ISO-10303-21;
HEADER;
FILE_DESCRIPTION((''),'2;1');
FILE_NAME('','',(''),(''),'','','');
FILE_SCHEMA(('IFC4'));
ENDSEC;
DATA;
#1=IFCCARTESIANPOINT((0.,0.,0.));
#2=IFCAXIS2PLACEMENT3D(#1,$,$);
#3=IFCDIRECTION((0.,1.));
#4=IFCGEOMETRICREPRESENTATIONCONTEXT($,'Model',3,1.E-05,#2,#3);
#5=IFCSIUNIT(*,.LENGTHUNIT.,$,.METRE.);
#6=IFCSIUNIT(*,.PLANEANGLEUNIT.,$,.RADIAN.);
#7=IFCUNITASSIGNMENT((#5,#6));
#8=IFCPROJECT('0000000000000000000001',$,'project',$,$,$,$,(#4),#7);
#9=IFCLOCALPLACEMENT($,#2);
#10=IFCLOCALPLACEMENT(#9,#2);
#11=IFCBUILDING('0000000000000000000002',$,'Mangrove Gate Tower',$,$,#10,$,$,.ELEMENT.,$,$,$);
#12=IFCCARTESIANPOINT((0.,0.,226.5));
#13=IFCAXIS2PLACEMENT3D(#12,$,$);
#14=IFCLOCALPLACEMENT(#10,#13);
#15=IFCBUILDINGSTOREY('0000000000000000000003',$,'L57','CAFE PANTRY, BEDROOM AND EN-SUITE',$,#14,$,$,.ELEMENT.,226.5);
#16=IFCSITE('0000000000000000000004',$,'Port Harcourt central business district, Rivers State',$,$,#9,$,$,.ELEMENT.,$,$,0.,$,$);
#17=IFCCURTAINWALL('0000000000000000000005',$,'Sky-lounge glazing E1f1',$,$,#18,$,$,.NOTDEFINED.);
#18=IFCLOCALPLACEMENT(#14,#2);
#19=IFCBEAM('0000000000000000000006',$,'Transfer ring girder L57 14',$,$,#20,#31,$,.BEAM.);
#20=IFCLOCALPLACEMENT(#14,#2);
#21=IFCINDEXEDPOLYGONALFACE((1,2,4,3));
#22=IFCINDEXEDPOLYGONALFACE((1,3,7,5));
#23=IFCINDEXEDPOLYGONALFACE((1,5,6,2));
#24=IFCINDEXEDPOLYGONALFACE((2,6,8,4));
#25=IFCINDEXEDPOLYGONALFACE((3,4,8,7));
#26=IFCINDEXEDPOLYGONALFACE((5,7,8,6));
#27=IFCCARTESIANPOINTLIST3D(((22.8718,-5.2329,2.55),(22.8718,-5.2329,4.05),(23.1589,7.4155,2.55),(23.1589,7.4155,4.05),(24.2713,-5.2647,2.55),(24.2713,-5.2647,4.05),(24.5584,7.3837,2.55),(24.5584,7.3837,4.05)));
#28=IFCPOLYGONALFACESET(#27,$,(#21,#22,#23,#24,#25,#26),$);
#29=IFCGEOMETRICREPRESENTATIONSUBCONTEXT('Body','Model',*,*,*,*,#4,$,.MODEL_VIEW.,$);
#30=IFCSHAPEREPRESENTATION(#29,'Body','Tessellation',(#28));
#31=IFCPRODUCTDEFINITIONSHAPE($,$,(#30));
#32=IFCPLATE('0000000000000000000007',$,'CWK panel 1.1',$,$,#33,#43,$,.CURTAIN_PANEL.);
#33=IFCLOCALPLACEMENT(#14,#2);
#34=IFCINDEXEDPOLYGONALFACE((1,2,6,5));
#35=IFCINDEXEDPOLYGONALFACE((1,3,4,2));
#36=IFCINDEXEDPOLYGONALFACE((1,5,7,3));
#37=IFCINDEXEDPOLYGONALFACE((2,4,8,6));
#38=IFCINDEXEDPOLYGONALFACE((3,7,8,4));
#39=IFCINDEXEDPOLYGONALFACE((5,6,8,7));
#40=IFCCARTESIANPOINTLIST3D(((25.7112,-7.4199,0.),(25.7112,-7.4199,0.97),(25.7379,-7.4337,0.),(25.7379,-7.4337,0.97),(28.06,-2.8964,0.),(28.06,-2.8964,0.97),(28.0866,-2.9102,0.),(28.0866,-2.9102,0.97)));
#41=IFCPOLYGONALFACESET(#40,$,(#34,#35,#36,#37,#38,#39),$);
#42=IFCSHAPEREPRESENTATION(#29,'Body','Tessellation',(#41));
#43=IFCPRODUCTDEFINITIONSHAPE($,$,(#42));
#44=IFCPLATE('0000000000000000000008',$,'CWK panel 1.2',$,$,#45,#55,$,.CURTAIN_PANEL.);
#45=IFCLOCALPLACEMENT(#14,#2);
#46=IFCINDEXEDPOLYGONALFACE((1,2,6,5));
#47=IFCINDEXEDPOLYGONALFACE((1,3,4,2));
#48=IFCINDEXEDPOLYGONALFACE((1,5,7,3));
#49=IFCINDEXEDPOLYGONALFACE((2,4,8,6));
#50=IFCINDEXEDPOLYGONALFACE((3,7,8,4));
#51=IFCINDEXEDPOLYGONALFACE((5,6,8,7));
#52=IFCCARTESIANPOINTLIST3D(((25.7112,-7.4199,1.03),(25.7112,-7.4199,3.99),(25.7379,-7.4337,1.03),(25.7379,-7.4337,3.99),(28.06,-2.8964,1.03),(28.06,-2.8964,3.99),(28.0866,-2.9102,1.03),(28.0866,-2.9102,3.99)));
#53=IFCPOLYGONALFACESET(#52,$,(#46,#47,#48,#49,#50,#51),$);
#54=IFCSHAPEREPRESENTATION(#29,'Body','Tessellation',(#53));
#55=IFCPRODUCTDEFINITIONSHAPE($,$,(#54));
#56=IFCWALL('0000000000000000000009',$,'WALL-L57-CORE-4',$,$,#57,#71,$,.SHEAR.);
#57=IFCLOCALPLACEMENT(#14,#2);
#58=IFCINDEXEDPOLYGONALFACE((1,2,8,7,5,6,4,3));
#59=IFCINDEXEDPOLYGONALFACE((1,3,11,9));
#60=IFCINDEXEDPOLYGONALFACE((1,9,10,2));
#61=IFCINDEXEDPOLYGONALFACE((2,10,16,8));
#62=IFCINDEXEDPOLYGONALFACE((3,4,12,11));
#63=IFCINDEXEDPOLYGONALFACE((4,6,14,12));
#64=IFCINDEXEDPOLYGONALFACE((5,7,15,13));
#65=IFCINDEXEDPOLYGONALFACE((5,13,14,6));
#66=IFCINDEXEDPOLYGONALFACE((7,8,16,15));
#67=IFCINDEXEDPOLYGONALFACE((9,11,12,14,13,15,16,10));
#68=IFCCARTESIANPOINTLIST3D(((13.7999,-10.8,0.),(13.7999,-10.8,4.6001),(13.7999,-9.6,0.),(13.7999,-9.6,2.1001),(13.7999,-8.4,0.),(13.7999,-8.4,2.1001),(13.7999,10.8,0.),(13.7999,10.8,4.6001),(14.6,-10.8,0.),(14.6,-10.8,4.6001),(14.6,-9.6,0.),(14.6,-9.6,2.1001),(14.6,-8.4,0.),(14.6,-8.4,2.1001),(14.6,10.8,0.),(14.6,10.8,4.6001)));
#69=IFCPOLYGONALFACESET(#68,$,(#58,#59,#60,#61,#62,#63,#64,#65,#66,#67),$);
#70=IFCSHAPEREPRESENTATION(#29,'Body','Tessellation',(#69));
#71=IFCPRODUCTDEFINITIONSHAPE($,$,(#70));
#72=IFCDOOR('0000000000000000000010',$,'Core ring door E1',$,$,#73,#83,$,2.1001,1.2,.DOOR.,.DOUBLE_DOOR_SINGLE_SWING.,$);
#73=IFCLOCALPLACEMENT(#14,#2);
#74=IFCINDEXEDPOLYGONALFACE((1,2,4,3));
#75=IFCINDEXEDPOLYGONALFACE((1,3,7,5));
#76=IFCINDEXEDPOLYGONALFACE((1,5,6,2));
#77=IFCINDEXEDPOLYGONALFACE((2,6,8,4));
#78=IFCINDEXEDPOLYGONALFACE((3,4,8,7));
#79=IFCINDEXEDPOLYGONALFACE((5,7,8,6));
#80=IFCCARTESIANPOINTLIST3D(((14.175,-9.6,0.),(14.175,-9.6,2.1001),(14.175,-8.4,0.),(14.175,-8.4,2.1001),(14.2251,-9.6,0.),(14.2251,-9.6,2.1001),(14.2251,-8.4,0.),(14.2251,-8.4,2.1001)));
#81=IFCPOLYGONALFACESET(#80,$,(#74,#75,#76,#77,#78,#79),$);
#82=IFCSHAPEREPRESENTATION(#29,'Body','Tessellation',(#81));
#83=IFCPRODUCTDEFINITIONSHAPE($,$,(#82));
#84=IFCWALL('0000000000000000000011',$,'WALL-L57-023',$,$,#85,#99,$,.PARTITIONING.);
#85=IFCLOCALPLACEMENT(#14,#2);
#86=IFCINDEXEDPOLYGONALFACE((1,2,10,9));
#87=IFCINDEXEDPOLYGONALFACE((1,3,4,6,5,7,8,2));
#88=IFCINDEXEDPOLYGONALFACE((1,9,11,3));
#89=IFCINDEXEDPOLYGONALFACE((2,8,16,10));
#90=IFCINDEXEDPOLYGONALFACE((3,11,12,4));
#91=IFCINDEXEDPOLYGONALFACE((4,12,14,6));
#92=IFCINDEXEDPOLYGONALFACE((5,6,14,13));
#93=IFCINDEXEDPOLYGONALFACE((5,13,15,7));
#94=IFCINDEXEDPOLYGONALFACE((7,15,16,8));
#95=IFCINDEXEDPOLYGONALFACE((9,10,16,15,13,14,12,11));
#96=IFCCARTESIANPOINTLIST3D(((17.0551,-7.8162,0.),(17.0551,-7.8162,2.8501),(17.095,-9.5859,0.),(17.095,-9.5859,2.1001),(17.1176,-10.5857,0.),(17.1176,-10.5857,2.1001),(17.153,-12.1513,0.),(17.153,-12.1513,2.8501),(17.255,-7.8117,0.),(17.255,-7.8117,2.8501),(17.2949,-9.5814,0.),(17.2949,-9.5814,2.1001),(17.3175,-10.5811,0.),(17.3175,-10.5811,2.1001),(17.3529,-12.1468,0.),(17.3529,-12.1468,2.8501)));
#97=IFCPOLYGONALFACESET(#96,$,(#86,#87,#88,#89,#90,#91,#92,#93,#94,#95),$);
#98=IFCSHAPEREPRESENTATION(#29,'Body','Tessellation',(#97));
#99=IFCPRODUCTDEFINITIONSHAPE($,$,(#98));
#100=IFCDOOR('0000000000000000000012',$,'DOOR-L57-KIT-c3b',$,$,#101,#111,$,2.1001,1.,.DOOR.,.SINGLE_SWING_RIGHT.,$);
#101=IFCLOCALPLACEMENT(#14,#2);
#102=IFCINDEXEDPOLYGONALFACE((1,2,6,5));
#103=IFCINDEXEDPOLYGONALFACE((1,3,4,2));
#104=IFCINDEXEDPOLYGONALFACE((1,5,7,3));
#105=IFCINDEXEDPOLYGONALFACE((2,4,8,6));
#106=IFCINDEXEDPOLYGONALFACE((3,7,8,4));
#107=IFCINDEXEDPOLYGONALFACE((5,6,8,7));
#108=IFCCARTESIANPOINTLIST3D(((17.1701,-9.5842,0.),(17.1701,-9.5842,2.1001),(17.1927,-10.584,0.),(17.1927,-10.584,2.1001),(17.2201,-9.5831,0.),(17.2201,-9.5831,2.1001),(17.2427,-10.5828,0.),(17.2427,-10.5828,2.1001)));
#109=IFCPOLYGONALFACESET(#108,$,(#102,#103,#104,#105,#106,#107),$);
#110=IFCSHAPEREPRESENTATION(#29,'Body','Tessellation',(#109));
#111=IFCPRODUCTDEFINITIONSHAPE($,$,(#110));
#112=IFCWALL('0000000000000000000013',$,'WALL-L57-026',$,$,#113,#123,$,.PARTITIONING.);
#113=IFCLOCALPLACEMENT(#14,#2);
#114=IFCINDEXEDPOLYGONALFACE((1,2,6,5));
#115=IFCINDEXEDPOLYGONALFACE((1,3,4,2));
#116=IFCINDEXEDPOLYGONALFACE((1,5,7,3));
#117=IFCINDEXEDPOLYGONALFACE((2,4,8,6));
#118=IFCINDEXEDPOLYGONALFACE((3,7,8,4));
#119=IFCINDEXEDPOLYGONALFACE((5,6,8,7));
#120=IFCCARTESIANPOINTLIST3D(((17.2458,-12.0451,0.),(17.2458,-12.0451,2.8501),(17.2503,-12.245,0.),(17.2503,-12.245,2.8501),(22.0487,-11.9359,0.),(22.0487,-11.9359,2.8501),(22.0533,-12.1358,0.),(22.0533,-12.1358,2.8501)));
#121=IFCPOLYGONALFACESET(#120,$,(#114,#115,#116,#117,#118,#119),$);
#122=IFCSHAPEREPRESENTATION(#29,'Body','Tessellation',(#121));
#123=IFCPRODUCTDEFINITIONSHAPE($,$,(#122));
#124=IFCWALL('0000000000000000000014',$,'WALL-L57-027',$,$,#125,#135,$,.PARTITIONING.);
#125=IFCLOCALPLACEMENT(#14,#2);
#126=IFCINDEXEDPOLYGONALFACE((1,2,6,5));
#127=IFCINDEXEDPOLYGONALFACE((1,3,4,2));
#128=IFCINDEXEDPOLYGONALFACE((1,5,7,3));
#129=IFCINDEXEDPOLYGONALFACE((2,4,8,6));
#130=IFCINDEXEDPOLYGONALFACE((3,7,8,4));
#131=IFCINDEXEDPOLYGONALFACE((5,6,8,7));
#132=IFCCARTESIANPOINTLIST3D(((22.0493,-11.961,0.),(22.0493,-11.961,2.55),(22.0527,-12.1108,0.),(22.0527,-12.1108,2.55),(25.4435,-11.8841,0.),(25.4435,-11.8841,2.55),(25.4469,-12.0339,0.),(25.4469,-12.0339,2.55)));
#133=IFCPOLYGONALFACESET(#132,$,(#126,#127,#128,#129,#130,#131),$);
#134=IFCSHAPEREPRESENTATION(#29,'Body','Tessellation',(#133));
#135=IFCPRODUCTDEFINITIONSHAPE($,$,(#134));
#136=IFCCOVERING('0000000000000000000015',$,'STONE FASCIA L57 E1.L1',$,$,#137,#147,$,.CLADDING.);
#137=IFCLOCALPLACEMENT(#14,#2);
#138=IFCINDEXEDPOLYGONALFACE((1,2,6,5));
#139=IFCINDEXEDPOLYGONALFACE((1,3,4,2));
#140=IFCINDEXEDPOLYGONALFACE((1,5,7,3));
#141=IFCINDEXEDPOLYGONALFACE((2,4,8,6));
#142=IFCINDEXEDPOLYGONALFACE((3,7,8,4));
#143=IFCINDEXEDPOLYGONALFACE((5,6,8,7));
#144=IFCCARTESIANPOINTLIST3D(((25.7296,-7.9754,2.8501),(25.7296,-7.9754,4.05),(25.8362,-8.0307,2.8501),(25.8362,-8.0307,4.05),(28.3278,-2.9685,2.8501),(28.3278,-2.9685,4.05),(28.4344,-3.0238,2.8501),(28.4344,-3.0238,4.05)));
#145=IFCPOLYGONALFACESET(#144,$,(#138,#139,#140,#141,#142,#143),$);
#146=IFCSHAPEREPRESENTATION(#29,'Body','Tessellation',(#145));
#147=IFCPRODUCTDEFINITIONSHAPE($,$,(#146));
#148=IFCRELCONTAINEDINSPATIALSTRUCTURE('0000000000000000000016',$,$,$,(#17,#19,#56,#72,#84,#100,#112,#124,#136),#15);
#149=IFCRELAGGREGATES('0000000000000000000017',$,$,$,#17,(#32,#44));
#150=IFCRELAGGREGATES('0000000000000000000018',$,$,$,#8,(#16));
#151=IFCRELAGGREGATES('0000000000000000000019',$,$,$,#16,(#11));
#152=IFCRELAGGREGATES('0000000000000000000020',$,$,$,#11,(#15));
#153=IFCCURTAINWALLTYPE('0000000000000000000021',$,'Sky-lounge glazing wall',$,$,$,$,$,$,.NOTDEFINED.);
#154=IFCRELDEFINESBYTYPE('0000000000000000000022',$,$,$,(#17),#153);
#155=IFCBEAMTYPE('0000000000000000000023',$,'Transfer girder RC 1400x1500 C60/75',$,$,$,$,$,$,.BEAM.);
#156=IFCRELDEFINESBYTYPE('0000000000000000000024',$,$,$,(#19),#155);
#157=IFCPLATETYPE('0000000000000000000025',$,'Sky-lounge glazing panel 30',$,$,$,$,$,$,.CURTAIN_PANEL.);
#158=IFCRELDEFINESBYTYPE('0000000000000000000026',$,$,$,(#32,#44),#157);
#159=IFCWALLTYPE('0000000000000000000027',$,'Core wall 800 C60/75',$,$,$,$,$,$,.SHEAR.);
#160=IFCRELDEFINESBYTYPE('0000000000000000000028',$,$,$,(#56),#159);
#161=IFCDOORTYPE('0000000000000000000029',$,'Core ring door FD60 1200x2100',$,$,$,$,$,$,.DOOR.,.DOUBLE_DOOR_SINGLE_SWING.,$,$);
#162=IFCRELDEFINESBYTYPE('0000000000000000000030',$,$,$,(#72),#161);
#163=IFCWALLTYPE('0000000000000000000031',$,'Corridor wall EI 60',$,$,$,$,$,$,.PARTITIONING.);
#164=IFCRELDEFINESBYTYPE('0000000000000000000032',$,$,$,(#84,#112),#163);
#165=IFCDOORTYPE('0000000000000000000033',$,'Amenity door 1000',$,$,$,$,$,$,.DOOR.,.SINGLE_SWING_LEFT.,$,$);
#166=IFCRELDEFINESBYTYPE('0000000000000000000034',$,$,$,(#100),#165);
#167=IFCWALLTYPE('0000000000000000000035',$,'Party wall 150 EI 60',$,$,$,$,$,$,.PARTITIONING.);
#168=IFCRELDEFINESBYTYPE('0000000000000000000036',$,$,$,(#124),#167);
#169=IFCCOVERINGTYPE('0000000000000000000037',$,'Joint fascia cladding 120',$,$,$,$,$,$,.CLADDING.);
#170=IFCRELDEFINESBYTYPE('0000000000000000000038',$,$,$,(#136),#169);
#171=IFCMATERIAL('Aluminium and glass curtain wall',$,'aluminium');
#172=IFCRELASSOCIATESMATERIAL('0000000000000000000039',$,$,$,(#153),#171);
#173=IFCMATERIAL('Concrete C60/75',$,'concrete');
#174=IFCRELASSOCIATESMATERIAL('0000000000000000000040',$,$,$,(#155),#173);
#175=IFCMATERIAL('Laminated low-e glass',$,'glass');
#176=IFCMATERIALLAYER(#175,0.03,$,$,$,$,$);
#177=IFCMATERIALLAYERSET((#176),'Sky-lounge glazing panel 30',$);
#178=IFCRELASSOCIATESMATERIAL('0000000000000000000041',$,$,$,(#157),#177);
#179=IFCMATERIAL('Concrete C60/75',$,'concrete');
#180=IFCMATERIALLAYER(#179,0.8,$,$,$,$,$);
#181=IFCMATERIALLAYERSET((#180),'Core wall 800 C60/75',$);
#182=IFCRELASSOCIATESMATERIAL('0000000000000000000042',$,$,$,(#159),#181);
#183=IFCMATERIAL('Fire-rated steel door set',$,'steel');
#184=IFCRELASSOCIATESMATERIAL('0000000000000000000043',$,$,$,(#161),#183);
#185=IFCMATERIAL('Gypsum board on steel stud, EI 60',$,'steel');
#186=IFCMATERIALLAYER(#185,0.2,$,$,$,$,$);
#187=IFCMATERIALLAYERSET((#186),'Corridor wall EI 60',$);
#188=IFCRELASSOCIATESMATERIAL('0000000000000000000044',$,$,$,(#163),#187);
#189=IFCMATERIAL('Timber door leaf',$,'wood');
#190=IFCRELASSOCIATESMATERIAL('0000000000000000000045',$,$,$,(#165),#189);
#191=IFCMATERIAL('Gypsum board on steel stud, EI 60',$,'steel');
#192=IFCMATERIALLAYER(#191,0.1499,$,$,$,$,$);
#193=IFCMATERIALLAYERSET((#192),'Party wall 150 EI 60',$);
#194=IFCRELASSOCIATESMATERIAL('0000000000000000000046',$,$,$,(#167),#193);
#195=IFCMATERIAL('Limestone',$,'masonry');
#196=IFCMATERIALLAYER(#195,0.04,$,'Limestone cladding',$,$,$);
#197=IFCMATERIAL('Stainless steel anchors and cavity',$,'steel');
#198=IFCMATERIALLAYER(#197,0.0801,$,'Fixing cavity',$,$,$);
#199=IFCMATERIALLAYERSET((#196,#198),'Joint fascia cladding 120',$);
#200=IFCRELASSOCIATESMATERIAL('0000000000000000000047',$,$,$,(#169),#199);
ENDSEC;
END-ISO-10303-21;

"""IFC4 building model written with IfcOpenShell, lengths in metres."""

from ifc_helpers import new_model, si_unit, direction, frame, frame_2d, origin, origin_2d, place, context, subcontext, project, spatial, rectangle, extrude, material, layer, layer_set, material_profile, profile_set, type_object, element, fill, aggregate, save


model = new_model("IFC4")

# Units and contexts
model_context = context("Model", 3, precision=1e-05, world=origin(), true_north=direction((0.0, 1.0)))
body_context = subcontext(model_context, "Body", "Model", "MODEL_VIEW")
ifc_project = project(units=[si_unit("LENGTHUNIT", "METRE"), si_unit("PLANEANGLEUNIT", "RADIAN")], contexts=[model_context])

# Site, building, storey
site_placement = place(None, origin())
site = spatial("IfcSite", under=ifc_project, at=site_placement, Name="Port Harcourt central business district, Rivers State", CompositionType="ELEMENT", RefElevation=0.0)
building_placement = place(site_placement, origin())
building = spatial("IfcBuilding", under=site, at=building_placement, Name="Mangrove Gate Tower", CompositionType="ELEMENT")
storey_placement = place(building_placement, frame((0.0, 0.0, 226.5)))
storey = spatial("IfcBuildingStorey", under=building, at=storey_placement, Name="L57", Description="CAFE PANTRY, BEDROOM AND EN-SUITE", CompositionType="ELEMENT", Elevation=226.5)

# Curtain wall
ifc_material_1 = material(Name="Aluminium and glass curtain wall", Category="aluminium")
curtain_wall_type = type_object("IfcCurtainWallType", Name="Sky-lounge glazing wall", PredefinedType="NOTDEFINED", material=ifc_material_1)
curtain_wall_1_placement = place(storey_placement, origin())
curtain_wall_1 = element("IfcCurtainWall", 1, at=curtain_wall_1_placement, inside=storey, type_object=curtain_wall_type, Name="Sky-lounge glazing E1f1", PredefinedType="NOTDEFINED")

# Beam
ifc_material_2 = material(Name="Concrete C60/75", Category="concrete")
ifc_material_profile_1 = material_profile(ifc_material_2, rectangle(XDim=1.3999, YDim=1.5, at=origin_2d()))
ifc_profile_set_1 = profile_set([ifc_material_profile_1], Name="Concrete C60/75")
beam_type_1 = type_object("IfcBeamType", Name="Transfer girder RC 1400x1500 C60/75", PredefinedType="BEAM", material=ifc_profile_set_1)
beam_1_placement = place(storey_placement, frame((23.5715, -5.2488, 3.3), z_axis=(0.022693, 0.999742, 0.0), x_axis=(-0.999742, 0.022693, 0.0)))
element("IfcBeam", 2, at=beam_1_placement, inside=storey, type_object=beam_type_1, Name="Transfer ring girder L57 14", PredefinedType="BEAM", context=body_context, shape_type="SweptSolid", body=[
    extrude(rectangle(XDim=1.3999, YDim=1.5, at=origin_2d()), origin(), (0.0, 0.0, 1.0), 12.6516),
])

# Plates
ifc_material_3 = material(Name="Laminated low-e glass", Category="glass")
ifc_layer_1 = layer(ifc_material_3, 0.03)
ifc_layer_set_1 = layer_set([ifc_layer_1], Name="Sky-lounge glazing panel 30")
plate_type = type_object("IfcPlateType", Name="Sky-lounge glazing panel 30", PredefinedType="CURTAIN_PANEL", material=ifc_layer_set_1)
plate_1_placement = place(storey_placement, frame((26.8989, -5.165, 0.0), z_axis=(0.0, 0.0, 1.0), x_axis=(0.460809, 0.887499, 0.0)))
plate_1 = element("IfcPlate", 3, at=plate_1_placement, type_object=plate_type, Name="CWK panel 1.1", PredefinedType="CURTAIN_PANEL", context=body_context, shape_type="SweptSolid", body=[
    extrude(rectangle(XDim=5.0969, YDim=0.03, at=origin_2d()), origin(), (0.0, 0.0, 1.0), 0.97),
])
plate_2_placement = place(storey_placement, frame((26.8989, -5.165, 1.03), z_axis=(0.0, 0.0, 1.0), x_axis=(0.460809, 0.887499, 0.0)))
plate_2 = element("IfcPlate", 4, at=plate_2_placement, type_object=plate_type, Name="CWK panel 1.2", PredefinedType="CURTAIN_PANEL", context=body_context, shape_type="SweptSolid", body=[
    extrude(rectangle(XDim=5.0969, YDim=0.03, at=origin_2d()), origin(), (0.0, 0.0, 1.0), 2.96),
])
aggregate(curtain_wall_1, [plate_1, plate_2])

# Walls, openings, doors
ifc_material_4 = material(Name="Concrete C60/75", Category="concrete")
ifc_layer_2 = layer(ifc_material_4, 0.8)
ifc_layer_set_2 = layer_set([ifc_layer_2], Name="Core wall 800 C60/75")
wall_type_1 = type_object("IfcWallType", Name="Core wall 800 C60/75", PredefinedType="SHEAR", material=ifc_layer_set_2)
wall_1_placement = place(storey_placement, frame((14.2, -10.8, 0.0), z_axis=(0.0, 0.0, 1.0), x_axis=(0.0, 1.0, 0.0)))
wall_1 = element("IfcWall", 5, at=wall_1_placement, inside=storey, type_object=wall_type_1, Name="WALL-L57-CORE-4", PredefinedType="SHEAR", context=body_context, shape_type="SweptSolid", body=[
    extrude(rectangle(XDim=21.6001, YDim=0.8, at=frame_2d((10.8, 0.0))), origin(), (0.0, 0.0, 1.0), 4.6001),
])
opening_1_placement = place(wall_1_placement, frame((1.2, 0.0, 0.0)))
opening_1 = element("IfcOpeningElement", 6, at=opening_1_placement, cuts=wall_1, PredefinedType="OPENING", context=body_context, shape_type="SweptSolid", body=[
    extrude(rectangle(XDim=1.2, YDim=2.1001, at=frame_2d((0.6001, 1.05))), frame((0.0, 0.4099, 0.0), z_axis=(0.0, -1.0, 0.0), x_axis=(1.0, 0.0, 0.0)), (0.0, 0.0, 1.0), 0.8201),
])
ifc_material_5 = material(Name="Fire-rated steel door set", Category="steel")
door_type_1 = type_object("IfcDoorType", Name="Core ring door FD60 1200x2100", OperationType="DOUBLE_DOOR_SINGLE_SWING", PredefinedType="DOOR", material=ifc_material_5)
door_1_placement = place(opening_1_placement, origin())
door_1 = element("IfcDoor", 7, at=door_1_placement, inside=storey, type_object=door_type_1, Name="Core ring door E1", OperationType="DOUBLE_DOOR_SINGLE_SWING", OverallHeight=2.1001, OverallWidth=1.2, PredefinedType="DOOR", context=body_context, shape_type="SweptSolid", body=[
    extrude(rectangle(XDim=1.2, YDim=2.1001, at=frame_2d((0.6001, 1.05))), frame((0.0, 0.0249, 0.0), z_axis=(0.0, -1.0, 0.0), x_axis=(1.0, 0.0, 0.0)), (0.0, 0.0, 1.0), 0.05),
])
fill(opening_1, door_1)
ifc_material_6 = material(Name="Gypsum board on steel stud, EI 60", Category="steel")
ifc_layer_3 = layer(ifc_material_6, 0.2)
ifc_layer_set_3 = layer_set([ifc_layer_3], Name="Corridor wall EI 60")
wall_type_2 = type_object("IfcWallType", Name="Corridor wall EI 60", PredefinedType="PARTITIONING", material=ifc_layer_set_3)
wall_2_placement = place(storey_placement, frame((17.2529, -12.1489, 0.0), z_axis=(0.0, 0.0, 1.0), x_axis=(-0.022578, 0.999745, 0.0)))
wall_2 = element("IfcWall", 8, at=wall_2_placement, inside=storey, type_object=wall_type_2, Name="WALL-L57-023", PredefinedType="PARTITIONING", context=body_context, shape_type="SweptSolid", body=[
    extrude(rectangle(XDim=4.3362, YDim=0.2, at=frame_2d((2.168, 0.0))), origin(), (0.0, 0.0, 1.0), 2.8501),
])
opening_2_placement = place(wall_2_placement, frame((1.5659, 0.0, 0.0)))
opening_2 = element("IfcOpeningElement", 9, at=opening_2_placement, cuts=wall_2, PredefinedType="OPENING", context=body_context, shape_type="SweptSolid", body=[
    extrude(rectangle(XDim=1.0, YDim=2.1001, at=frame_2d((0.5, 1.05))), frame((0.0, 0.1099, 0.0), z_axis=(0.0, -1.0, 0.0), x_axis=(1.0, 0.0, 0.0)), (0.0, 0.0, 1.0), 0.22),
])
ifc_material_7 = material(Name="Timber door leaf", Category="wood")
door_type_2 = type_object("IfcDoorType", Name="Amenity door 1000", OperationType="SINGLE_SWING_LEFT", PredefinedType="DOOR", material=ifc_material_7)
door_2_placement = place(opening_2_placement, origin())
door_2 = element("IfcDoor", 10, at=door_2_placement, inside=storey, type_object=door_type_2, Name="DOOR-L57-KIT-c3b", OperationType="SINGLE_SWING_RIGHT", OverallHeight=2.1001, OverallWidth=1.0, PredefinedType="DOOR", context=body_context, shape_type="SweptSolid", body=[
    extrude(rectangle(XDim=1.0, YDim=2.1001, at=frame_2d((0.5, 1.05))), frame((0.0, 0.0249, 0.0), z_axis=(0.0, -1.0, 0.0), x_axis=(1.0, 0.0, 0.0)), (0.0, 0.0, 1.0), 0.05),
])
fill(opening_2, door_2)

# Walls
wall_3_placement = place(storey_placement, frame((17.248, -12.145, 0.0), z_axis=(0.0, 0.0, 1.0), x_axis=(0.999742, 0.022716, 0.0)))
element("IfcWall", 11, at=wall_3_placement, inside=storey, type_object=wall_type_2, Name="WALL-L57-026", PredefinedType="PARTITIONING", context=body_context, shape_type="SweptSolid", body=[
    extrude(rectangle(XDim=4.8042, YDim=0.2, at=frame_2d((2.4021, 0.0))), origin(), (0.0, 0.0, 1.0), 2.8501),
])
ifc_material_8 = material(Name="Gypsum board on steel stud, EI 60", Category="steel")
ifc_layer_4 = layer(ifc_material_8, 0.1499)
ifc_layer_set_4 = layer_set([ifc_layer_4], Name="Party wall 150 EI 60")
wall_type_3 = type_object("IfcWallType", Name="Party wall 150 EI 60", PredefinedType="PARTITIONING", material=ifc_layer_set_4)
wall_4_placement = place(storey_placement, frame((22.051, -12.0359, 0.0), z_axis=(0.0, 0.0, 1.0), x_axis=(0.999743, 0.022653, 0.0)))
element("IfcWall", 12, at=wall_4_placement, inside=storey, type_object=wall_type_3, Name="WALL-L57-027", PredefinedType="PARTITIONING", context=body_context, shape_type="SweptSolid", body=[
    extrude(rectangle(XDim=3.395, YDim=0.1499, at=frame_2d((1.6975, 0.0))), origin(), (0.0, 0.0, 1.0), 2.55),
])

# Covering
ifc_material_9 = material(Name="Limestone", Category="masonry")
ifc_layer_5 = layer(ifc_material_9, 0.04, Name="Limestone cladding")
ifc_material_10 = material(Name="Stainless steel anchors and cavity", Category="steel")
ifc_layer_6 = layer(ifc_material_10, 0.0801, Name="Fixing cavity")
ifc_layer_set_5 = layer_set([ifc_layer_5, ifc_layer_6], Name="Joint fascia cladding 120")
covering_type = type_object("IfcCoveringType", Name="Joint fascia cladding 120", PredefinedType="CLADDING", material=ifc_layer_set_5)
covering_placement = place(storey_placement, frame((25.783, -8.0029, 2.8501), z_axis=(0.0, 0.0, 1.0), x_axis=(0.460598, 0.887609, 0.0)))
element("IfcCovering", 13, at=covering_placement, inside=storey, type_object=covering_type, Name="STONE FASCIA L57 E1.L1", PredefinedType="CLADDING", context=body_context, shape_type="SweptSolid", body=[
    extrude(rectangle(XDim=5.6409, YDim=0.1201, at=frame_2d((2.8203, 0.0))), origin(), (0.0, 0.0, 1.0), 1.2),
])

save(model, "model.ifc")
